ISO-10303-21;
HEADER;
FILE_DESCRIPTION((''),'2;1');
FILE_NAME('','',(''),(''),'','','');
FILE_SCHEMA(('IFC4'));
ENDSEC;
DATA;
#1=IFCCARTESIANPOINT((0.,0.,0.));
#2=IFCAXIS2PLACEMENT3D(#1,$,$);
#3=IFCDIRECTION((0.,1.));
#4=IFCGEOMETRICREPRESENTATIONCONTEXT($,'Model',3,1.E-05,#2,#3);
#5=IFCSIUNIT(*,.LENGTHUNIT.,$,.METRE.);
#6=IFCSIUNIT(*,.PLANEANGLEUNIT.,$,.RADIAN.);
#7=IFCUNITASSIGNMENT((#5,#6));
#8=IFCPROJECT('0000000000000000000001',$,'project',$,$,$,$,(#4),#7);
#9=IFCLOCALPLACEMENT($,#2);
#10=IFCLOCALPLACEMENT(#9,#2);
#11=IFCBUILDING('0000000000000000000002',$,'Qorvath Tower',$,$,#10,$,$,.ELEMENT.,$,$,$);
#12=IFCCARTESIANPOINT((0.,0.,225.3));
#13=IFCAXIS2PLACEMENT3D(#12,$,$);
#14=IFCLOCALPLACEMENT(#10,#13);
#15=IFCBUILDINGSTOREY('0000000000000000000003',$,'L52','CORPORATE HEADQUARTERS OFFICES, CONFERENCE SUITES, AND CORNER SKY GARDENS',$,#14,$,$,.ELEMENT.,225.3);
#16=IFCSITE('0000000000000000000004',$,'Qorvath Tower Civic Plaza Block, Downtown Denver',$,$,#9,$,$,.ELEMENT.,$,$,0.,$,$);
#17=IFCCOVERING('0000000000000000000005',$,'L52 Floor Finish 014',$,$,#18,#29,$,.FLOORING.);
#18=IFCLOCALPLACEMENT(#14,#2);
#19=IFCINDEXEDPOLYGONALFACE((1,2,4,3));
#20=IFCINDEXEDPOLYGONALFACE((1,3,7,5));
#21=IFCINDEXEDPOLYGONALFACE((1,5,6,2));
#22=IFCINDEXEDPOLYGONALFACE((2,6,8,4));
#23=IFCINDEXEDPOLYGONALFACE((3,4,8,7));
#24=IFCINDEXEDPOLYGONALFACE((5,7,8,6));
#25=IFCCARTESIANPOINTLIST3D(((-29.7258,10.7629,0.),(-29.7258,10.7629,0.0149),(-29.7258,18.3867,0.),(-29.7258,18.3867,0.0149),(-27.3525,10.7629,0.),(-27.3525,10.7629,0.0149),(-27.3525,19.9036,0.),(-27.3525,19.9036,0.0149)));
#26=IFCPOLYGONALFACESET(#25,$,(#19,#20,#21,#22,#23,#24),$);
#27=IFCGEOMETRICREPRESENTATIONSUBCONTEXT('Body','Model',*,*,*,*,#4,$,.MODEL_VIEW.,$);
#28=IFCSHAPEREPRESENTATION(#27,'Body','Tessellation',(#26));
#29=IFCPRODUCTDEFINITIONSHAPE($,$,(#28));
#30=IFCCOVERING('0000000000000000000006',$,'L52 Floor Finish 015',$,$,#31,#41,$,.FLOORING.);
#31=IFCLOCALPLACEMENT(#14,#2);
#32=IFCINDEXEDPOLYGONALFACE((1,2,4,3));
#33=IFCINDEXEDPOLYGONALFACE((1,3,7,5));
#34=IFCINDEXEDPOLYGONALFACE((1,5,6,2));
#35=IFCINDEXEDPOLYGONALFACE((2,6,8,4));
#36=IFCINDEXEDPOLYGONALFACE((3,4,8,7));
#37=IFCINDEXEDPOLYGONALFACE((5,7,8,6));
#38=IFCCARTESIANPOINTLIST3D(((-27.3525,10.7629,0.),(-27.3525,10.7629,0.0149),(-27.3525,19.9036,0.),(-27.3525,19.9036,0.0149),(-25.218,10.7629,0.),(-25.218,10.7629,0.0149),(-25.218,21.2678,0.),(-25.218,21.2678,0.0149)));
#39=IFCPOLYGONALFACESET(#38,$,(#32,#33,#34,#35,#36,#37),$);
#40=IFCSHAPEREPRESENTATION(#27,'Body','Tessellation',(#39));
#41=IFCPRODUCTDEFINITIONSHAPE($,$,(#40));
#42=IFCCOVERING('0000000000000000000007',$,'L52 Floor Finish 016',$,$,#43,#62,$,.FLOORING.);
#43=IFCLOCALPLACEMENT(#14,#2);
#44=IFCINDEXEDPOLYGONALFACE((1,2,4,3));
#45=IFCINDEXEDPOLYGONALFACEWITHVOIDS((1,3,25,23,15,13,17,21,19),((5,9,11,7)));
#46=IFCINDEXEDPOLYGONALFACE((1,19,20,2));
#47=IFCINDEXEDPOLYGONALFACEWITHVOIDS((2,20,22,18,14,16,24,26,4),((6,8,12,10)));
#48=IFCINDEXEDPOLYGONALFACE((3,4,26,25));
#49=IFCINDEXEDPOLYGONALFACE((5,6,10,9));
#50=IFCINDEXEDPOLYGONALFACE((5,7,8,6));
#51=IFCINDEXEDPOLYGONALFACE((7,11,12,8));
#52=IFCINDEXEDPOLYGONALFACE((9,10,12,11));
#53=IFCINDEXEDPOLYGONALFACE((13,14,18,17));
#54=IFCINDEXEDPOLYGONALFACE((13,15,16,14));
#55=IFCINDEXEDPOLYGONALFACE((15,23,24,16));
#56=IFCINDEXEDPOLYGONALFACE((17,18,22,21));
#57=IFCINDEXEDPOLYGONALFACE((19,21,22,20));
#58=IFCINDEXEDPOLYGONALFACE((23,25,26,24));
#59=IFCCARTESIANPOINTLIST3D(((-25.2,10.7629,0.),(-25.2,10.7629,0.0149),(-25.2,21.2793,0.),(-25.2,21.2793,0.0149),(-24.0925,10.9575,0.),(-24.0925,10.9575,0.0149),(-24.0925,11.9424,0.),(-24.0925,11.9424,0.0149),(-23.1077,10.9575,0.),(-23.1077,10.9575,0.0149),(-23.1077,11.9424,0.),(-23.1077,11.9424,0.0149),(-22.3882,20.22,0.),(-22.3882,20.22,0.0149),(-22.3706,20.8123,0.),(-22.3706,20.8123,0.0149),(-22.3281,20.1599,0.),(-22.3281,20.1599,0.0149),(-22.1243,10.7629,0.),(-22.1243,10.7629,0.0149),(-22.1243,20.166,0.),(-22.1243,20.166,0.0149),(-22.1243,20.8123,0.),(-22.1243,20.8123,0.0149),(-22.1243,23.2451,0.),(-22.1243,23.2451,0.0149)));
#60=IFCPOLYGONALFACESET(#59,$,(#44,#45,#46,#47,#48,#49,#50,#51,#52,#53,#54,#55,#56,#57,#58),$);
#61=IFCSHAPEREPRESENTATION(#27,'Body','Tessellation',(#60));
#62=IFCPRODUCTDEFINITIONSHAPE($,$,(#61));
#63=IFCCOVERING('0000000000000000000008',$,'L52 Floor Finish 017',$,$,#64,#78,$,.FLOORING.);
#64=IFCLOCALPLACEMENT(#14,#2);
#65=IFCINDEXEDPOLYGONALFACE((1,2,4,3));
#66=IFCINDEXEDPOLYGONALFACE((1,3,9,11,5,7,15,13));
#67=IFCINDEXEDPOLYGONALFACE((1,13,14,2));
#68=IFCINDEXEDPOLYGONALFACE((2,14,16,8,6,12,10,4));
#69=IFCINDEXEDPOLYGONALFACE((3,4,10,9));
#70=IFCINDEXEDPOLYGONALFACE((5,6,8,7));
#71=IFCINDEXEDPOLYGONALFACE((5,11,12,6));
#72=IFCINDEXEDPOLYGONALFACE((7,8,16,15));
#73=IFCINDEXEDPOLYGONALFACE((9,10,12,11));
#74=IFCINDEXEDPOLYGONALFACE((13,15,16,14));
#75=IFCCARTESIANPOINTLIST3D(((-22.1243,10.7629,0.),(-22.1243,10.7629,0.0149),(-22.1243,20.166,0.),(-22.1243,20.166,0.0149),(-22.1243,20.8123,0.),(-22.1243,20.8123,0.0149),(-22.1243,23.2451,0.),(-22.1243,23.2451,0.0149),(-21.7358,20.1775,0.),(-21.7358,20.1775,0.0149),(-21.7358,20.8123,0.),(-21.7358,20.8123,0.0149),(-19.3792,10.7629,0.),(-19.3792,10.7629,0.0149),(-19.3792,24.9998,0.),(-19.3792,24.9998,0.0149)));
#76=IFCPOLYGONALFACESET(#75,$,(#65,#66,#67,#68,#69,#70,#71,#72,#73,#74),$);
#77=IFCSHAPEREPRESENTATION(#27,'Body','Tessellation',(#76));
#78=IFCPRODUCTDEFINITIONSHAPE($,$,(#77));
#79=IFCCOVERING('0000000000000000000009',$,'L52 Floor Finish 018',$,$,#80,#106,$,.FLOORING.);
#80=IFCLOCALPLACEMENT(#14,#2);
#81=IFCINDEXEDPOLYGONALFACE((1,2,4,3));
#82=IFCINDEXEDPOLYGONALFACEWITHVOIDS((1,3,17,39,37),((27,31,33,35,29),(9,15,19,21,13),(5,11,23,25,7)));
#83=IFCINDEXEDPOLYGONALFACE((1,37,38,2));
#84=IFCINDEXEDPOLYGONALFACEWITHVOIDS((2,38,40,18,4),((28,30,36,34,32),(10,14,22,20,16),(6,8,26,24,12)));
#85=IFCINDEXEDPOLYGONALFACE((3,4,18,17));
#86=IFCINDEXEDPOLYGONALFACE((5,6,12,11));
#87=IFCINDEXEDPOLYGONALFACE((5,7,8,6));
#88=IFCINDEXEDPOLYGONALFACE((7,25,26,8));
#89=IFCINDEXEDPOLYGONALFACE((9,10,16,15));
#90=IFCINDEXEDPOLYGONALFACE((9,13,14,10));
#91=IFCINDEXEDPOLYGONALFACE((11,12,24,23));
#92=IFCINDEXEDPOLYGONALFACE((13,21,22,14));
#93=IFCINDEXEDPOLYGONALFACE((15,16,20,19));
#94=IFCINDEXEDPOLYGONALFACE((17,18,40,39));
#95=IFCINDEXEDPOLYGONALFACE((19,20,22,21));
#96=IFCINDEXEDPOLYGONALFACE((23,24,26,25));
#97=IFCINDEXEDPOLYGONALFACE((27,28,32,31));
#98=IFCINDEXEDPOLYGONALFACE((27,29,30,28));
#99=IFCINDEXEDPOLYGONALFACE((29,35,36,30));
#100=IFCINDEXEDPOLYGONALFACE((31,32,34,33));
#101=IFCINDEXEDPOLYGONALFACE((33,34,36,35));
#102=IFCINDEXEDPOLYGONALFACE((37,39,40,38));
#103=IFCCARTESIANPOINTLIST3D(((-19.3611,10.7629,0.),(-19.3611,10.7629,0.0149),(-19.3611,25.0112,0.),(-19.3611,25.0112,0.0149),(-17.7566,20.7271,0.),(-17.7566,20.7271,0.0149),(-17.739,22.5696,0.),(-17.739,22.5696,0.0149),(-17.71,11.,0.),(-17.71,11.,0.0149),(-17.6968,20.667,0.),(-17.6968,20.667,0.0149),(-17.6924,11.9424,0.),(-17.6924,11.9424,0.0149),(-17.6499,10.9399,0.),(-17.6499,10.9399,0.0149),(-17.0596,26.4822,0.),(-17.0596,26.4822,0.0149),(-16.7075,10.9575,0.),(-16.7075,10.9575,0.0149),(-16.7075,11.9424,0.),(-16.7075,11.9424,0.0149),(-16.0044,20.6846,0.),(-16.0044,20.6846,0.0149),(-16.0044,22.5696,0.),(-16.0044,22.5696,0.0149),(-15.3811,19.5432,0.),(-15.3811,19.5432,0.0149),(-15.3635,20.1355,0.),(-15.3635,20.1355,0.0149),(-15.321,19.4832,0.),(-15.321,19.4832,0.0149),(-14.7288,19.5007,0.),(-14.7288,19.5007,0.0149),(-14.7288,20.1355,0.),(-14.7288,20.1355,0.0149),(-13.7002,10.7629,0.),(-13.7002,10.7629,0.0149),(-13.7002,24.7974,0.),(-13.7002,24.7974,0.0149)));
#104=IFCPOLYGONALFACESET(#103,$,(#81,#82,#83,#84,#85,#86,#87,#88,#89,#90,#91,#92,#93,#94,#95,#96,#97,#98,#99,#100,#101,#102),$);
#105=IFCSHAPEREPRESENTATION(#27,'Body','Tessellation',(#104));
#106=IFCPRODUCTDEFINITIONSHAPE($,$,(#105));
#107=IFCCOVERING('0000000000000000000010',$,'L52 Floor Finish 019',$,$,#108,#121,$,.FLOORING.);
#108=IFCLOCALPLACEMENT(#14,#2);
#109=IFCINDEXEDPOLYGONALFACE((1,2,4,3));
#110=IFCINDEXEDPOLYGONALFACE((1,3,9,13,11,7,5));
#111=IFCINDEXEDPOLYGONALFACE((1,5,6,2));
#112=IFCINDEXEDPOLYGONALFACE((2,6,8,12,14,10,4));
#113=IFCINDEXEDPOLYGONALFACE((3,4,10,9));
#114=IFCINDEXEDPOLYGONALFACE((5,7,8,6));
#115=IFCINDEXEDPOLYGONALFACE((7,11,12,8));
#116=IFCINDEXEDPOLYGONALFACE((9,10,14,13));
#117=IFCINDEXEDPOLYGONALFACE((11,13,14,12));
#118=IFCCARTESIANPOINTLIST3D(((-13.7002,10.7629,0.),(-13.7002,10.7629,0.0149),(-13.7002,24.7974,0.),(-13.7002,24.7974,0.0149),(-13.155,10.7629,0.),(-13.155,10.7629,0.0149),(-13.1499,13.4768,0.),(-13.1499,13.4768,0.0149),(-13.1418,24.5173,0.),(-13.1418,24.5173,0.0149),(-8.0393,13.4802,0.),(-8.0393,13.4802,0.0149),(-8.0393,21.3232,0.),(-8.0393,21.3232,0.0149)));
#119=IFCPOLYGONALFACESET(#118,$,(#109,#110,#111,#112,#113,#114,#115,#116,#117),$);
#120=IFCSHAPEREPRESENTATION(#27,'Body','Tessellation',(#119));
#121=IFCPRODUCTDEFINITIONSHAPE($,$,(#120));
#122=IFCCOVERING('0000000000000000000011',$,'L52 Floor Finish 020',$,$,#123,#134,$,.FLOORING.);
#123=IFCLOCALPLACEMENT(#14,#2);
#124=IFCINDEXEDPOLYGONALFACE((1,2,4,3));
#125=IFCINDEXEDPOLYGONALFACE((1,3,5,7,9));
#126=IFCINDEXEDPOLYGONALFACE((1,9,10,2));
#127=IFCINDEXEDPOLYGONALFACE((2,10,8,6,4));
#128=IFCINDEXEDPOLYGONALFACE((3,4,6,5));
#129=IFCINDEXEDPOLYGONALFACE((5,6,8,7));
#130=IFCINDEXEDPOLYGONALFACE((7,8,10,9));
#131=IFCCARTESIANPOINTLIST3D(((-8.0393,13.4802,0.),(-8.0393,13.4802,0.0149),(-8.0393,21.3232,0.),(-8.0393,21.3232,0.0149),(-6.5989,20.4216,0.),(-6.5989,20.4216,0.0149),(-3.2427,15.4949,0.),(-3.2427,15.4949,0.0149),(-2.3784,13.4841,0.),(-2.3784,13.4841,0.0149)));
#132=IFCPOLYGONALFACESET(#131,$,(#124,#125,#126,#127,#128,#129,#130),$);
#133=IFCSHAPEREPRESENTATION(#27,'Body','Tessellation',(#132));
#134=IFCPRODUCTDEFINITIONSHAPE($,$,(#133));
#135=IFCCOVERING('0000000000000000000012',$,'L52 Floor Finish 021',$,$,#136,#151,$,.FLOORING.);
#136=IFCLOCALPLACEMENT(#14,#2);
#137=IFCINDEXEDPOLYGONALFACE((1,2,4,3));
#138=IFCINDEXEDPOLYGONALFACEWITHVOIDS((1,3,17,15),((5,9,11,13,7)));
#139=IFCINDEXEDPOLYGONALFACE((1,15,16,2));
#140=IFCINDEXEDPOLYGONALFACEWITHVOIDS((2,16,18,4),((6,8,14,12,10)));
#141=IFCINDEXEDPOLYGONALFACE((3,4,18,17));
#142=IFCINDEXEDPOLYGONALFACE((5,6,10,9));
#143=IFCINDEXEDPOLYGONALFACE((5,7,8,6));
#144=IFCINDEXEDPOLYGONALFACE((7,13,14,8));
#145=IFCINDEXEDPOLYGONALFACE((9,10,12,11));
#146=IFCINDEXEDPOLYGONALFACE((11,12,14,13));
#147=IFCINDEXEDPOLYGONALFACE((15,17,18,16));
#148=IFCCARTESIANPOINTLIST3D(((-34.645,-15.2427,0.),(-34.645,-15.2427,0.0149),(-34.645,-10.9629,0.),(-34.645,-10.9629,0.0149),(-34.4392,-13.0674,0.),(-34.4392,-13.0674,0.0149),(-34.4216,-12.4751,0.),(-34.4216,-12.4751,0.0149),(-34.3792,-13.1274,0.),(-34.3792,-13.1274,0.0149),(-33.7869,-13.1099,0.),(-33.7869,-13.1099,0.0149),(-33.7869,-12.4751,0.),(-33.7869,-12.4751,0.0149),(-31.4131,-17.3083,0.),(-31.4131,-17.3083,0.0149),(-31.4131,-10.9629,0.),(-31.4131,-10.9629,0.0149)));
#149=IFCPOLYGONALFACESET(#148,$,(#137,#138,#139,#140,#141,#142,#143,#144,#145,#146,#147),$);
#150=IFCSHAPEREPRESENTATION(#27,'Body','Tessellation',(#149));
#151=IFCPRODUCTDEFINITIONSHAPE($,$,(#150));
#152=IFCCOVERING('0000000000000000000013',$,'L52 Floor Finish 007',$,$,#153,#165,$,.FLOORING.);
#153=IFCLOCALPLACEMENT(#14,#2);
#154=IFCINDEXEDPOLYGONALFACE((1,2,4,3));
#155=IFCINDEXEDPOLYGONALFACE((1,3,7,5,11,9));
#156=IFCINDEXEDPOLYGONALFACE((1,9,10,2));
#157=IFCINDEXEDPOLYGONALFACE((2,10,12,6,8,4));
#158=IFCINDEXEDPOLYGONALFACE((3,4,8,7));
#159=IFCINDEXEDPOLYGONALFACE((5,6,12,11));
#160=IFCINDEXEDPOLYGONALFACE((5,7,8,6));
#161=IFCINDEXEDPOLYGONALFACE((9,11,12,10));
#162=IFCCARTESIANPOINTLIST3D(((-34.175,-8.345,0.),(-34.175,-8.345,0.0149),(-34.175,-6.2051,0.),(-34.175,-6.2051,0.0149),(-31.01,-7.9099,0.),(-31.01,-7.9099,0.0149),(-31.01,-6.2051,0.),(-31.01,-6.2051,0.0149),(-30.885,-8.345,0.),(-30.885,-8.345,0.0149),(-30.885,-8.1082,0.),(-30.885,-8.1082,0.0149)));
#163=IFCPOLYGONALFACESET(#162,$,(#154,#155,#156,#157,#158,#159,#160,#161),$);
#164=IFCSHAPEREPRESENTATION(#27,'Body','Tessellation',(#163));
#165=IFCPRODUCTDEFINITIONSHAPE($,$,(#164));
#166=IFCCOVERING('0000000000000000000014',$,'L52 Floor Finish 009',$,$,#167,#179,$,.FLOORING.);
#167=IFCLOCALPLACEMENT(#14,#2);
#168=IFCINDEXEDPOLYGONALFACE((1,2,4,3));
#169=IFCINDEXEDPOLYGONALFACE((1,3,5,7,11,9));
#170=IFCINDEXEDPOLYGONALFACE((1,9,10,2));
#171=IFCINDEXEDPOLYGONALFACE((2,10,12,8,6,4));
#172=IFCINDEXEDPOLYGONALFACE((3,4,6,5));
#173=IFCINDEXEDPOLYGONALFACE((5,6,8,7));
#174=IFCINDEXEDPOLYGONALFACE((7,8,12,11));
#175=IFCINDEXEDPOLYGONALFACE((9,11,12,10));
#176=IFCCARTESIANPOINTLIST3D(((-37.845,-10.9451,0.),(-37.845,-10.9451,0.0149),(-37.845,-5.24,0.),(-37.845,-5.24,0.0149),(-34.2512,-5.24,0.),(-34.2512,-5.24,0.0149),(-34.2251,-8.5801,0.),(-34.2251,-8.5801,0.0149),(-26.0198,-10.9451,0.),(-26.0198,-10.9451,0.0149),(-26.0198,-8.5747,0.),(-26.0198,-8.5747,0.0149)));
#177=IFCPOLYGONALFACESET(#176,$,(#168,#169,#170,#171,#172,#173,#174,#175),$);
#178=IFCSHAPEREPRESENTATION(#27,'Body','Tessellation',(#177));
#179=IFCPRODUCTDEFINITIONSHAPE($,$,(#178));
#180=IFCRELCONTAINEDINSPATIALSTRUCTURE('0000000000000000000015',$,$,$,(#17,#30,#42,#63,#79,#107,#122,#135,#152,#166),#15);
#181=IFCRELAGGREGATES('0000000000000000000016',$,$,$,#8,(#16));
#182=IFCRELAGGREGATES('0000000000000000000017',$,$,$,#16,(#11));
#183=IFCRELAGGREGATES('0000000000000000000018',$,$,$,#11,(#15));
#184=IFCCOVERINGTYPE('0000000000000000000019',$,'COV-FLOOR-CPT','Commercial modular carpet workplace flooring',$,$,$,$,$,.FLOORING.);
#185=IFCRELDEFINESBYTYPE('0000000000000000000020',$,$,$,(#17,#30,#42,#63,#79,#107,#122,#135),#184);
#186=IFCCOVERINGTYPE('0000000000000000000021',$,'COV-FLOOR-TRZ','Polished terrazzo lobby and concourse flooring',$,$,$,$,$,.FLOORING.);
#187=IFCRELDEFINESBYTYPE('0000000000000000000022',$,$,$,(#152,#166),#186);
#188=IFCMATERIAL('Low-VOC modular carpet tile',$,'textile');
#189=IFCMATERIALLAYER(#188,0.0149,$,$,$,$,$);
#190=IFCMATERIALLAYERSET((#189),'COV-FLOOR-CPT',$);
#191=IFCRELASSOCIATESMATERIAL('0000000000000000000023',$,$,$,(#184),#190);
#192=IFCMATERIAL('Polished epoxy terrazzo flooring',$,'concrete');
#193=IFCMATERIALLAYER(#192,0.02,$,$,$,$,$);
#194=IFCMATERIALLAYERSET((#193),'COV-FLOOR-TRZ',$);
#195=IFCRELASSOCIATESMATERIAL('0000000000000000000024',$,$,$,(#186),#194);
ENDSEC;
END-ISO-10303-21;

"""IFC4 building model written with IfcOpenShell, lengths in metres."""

from ifc_helpers import new_model, si_unit, direction, frame, origin, place, context, subcontext, project, spatial, polyline, outline, extrude, material, layer, layer_set, type_object, element, save


model = new_model("IFC4")

# Units and contexts
model_context = context("Model", 3, precision=1e-05, world=origin(), true_north=direction((0.0, 1.0)))
body_context = subcontext(model_context, "Body", "Model", "MODEL_VIEW")
ifc_project = project(units=[si_unit("LENGTHUNIT", "METRE"), si_unit("PLANEANGLEUNIT", "RADIAN")], contexts=[model_context])

# Site, building, storey
site_placement = place(None, origin())
site = spatial("IfcSite", under=ifc_project, at=site_placement, Name="Qorvath Tower Civic Plaza Block, Downtown Denver", CompositionType="ELEMENT", RefElevation=0.0)
building_placement = place(site_placement, origin())
building = spatial("IfcBuilding", under=site, at=building_placement, Name="Qorvath Tower", CompositionType="ELEMENT")
storey_placement = place(building_placement, frame((0.0, 0.0, 225.3)))
storey = spatial("IfcBuildingStorey", under=building, at=storey_placement, Name="L52", Description="CORPORATE HEADQUARTERS OFFICES, CONFERENCE SUITES, AND CORNER SKY GARDENS", CompositionType="ELEMENT", Elevation=225.3)

# Coverings
ifc_material_1 = material(Name="Low-VOC modular carpet tile", Category="textile")
ifc_layer_1 = layer(ifc_material_1, 0.0149)
ifc_layer_set_1 = layer_set([ifc_layer_1], Name="COV-FLOOR-CPT")
covering_type_1 = type_object("IfcCoveringType", Name="COV-FLOOR-CPT", Description="Commercial modular carpet workplace flooring", PredefinedType="FLOORING", material=ifc_layer_set_1)
covering_1_placement = place(storey_placement, origin())
element("IfcCovering", 1, at=covering_1_placement, inside=storey, type_object=covering_type_1, Name="L52 Floor Finish 014", PredefinedType="FLOORING", context=body_context, shape_type="SweptSolid", body=[
    extrude(outline(polyline([(-29.7258, 10.7629), (-27.3525, 10.7629), (-27.3525, 19.9036), (-29.7258, 18.3867), (-29.7258, 10.7629)])), origin(), (0.0, 0.0, 1.0), 0.0149),
])
covering_2_placement = place(storey_placement, origin())
element("IfcCovering", 2, at=covering_2_placement, inside=storey, type_object=covering_type_1, Name="L52 Floor Finish 015", PredefinedType="FLOORING", context=body_context, shape_type="SweptSolid", body=[
    extrude(outline(polyline([(-27.3525, 19.9036), (-27.3525, 10.7629), (-25.218, 10.7629), (-25.218, 21.2678), (-27.3525, 19.9036)])), origin(), (0.0, 0.0, 1.0), 0.0149),
])
covering_3_placement = place(storey_placement, origin())
element("IfcCovering", 3, at=covering_3_placement, inside=storey, type_object=covering_type_1, Name="L52 Floor Finish 016", PredefinedType="FLOORING", context=body_context, shape_type="SweptSolid", body=[
    extrude(outline(polyline([(-25.2, 10.7629), (-22.1243, 10.7629), (-22.1243, 20.166), (-22.3281, 20.1599), (-22.3882, 20.22), (-22.3706, 20.8123), (-22.1243, 20.8123), (-22.1243, 23.2451), (-25.2, 21.2793), (-25.2, 10.7629)]), holes=[polyline([(-24.0925, 10.9575), (-24.0925, 11.9424), (-23.1077, 11.9424), (-23.1077, 10.9575), (-24.0925, 10.9575)])]), origin(), (0.0, 0.0, 1.0), 0.0149),
])
covering_4_placement = place(storey_placement, origin())
element("IfcCovering", 4, at=covering_4_placement, inside=storey, type_object=covering_type_1, Name="L52 Floor Finish 017", PredefinedType="FLOORING", context=body_context, shape_type="SweptSolid", body=[
    extrude(outline(polyline([(-22.1243, 23.2451), (-22.1243, 20.8123), (-21.7358, 20.8123), (-21.7358, 20.1775), (-22.1243, 20.166), (-22.1243, 10.7629), (-19.3792, 10.7629), (-19.3792, 24.9998), (-22.1243, 23.2451)])), origin(), (0.0, 0.0, 1.0), 0.0149),
])
covering_5_placement = place(storey_placement, origin())
element("IfcCovering", 5, at=covering_5_placement, inside=storey, type_object=covering_type_1, Name="L52 Floor Finish 018", PredefinedType="FLOORING", context=body_context, shape_type="SweptSolid", body=[
    extrude(outline(polyline([(-13.7002, 10.7629), (-13.7002, 24.7974), (-17.0596, 26.4822), (-19.3611, 25.0112), (-19.3611, 10.7629), (-13.7002, 10.7629)]), holes=[polyline([(-15.3811, 19.5432), (-15.3635, 20.1355), (-14.7288, 20.1355), (-14.7288, 19.5007), (-15.321, 19.4832), (-15.3811, 19.5432)]), polyline([(-17.7566, 20.7271), (-17.739, 22.5696), (-16.0044, 22.5696), (-16.0044, 20.6846), (-17.6968, 20.667), (-17.7566, 20.7271)]), polyline([(-17.71, 11.0), (-17.6924, 11.9424), (-16.7075, 11.9424), (-16.7075, 10.9575), (-17.6499, 10.9399), (-17.71, 11.0)])]), origin(), (0.0, 0.0, 1.0), 0.0149),
])
covering_6_placement = place(storey_placement, origin())
element("IfcCovering", 6, at=covering_6_placement, inside=storey, type_object=covering_type_1, Name="L52 Floor Finish 019", PredefinedType="FLOORING", context=body_context, shape_type="SweptSolid", body=[
    extrude(outline(polyline([(-8.0393, 13.4802), (-8.0393, 21.3232), (-13.1418, 24.5173), (-13.7002, 24.7974), (-13.7002, 10.7629), (-13.155, 10.7629), (-13.1499, 13.4768), (-8.0393, 13.4802)])), origin(), (0.0, 0.0, 1.0), 0.0149),
])
covering_7_placement = place(storey_placement, origin())
element("IfcCovering", 7, at=covering_7_placement, inside=storey, type_object=covering_type_1, Name="L52 Floor Finish 020", PredefinedType="FLOORING", context=body_context, shape_type="SweptSolid", body=[
    extrude(outline(polyline([(-6.5989, 20.4216), (-8.0393, 21.3232), (-8.0393, 13.4802), (-2.3784, 13.4841), (-3.2427, 15.4949), (-6.5989, 20.4216)])), origin(), (0.0, 0.0, 1.0), 0.0149),
])
covering_8_placement = place(storey_placement, origin())
element("IfcCovering", 8, at=covering_8_placement, inside=storey, type_object=covering_type_1, Name="L52 Floor Finish 021", PredefinedType="FLOORING", context=body_context, shape_type="SweptSolid", body=[
    extrude(outline(polyline([(-34.645, -10.9629), (-34.645, -15.2427), (-31.4131, -17.3083), (-31.4131, -10.9629), (-34.645, -10.9629)]), holes=[polyline([(-34.4392, -13.0674), (-34.4216, -12.4751), (-33.7869, -12.4751), (-33.7869, -13.1099), (-34.3792, -13.1274), (-34.4392, -13.0674)])]), origin(), (0.0, 0.0, 1.0), 0.0149),
])
ifc_material_2 = material(Name="Polished epoxy terrazzo flooring", Category="concrete")
ifc_layer_2 = layer(ifc_material_2, 0.02)
ifc_layer_set_2 = layer_set([ifc_layer_2], Name="COV-FLOOR-TRZ")
covering_type_2 = type_object("IfcCoveringType", Name="COV-FLOOR-TRZ", Description="Polished terrazzo lobby and concourse flooring", PredefinedType="FLOORING", material=ifc_layer_set_2)
covering_9_placement = place(storey_placement, origin())
element("IfcCovering", 9, at=covering_9_placement, inside=storey, type_object=covering_type_2, Name="L52 Floor Finish 007", PredefinedType="FLOORING", context=body_context, shape_type="SweptSolid", body=[
    extrude(outline(polyline([(-30.885, -8.345), (-30.885, -8.1082), (-31.01, -7.9099), (-31.01, -6.2051), (-34.175, -6.2051), (-34.175, -8.345), (-30.885, -8.345)])), origin(), (0.0, 0.0, 1.0), 0.0149),
])
covering_10_placement = place(storey_placement, origin())
element("IfcCovering", 10, at=covering_10_placement, inside=storey, type_object=covering_type_2, Name="L52 Floor Finish 009", PredefinedType="FLOORING", context=body_context, shape_type="SweptSolid", body=[
    extrude(outline(polyline([(-34.2251, -8.5801), (-34.2512, -5.24), (-37.845, -5.24), (-37.845, -10.9451), (-26.0198, -10.9451), (-26.0198, -8.5747), (-34.2251, -8.5801)])), origin(), (0.0, 0.0, 1.0), 0.0149),
])

save(model, "model.ifc")
